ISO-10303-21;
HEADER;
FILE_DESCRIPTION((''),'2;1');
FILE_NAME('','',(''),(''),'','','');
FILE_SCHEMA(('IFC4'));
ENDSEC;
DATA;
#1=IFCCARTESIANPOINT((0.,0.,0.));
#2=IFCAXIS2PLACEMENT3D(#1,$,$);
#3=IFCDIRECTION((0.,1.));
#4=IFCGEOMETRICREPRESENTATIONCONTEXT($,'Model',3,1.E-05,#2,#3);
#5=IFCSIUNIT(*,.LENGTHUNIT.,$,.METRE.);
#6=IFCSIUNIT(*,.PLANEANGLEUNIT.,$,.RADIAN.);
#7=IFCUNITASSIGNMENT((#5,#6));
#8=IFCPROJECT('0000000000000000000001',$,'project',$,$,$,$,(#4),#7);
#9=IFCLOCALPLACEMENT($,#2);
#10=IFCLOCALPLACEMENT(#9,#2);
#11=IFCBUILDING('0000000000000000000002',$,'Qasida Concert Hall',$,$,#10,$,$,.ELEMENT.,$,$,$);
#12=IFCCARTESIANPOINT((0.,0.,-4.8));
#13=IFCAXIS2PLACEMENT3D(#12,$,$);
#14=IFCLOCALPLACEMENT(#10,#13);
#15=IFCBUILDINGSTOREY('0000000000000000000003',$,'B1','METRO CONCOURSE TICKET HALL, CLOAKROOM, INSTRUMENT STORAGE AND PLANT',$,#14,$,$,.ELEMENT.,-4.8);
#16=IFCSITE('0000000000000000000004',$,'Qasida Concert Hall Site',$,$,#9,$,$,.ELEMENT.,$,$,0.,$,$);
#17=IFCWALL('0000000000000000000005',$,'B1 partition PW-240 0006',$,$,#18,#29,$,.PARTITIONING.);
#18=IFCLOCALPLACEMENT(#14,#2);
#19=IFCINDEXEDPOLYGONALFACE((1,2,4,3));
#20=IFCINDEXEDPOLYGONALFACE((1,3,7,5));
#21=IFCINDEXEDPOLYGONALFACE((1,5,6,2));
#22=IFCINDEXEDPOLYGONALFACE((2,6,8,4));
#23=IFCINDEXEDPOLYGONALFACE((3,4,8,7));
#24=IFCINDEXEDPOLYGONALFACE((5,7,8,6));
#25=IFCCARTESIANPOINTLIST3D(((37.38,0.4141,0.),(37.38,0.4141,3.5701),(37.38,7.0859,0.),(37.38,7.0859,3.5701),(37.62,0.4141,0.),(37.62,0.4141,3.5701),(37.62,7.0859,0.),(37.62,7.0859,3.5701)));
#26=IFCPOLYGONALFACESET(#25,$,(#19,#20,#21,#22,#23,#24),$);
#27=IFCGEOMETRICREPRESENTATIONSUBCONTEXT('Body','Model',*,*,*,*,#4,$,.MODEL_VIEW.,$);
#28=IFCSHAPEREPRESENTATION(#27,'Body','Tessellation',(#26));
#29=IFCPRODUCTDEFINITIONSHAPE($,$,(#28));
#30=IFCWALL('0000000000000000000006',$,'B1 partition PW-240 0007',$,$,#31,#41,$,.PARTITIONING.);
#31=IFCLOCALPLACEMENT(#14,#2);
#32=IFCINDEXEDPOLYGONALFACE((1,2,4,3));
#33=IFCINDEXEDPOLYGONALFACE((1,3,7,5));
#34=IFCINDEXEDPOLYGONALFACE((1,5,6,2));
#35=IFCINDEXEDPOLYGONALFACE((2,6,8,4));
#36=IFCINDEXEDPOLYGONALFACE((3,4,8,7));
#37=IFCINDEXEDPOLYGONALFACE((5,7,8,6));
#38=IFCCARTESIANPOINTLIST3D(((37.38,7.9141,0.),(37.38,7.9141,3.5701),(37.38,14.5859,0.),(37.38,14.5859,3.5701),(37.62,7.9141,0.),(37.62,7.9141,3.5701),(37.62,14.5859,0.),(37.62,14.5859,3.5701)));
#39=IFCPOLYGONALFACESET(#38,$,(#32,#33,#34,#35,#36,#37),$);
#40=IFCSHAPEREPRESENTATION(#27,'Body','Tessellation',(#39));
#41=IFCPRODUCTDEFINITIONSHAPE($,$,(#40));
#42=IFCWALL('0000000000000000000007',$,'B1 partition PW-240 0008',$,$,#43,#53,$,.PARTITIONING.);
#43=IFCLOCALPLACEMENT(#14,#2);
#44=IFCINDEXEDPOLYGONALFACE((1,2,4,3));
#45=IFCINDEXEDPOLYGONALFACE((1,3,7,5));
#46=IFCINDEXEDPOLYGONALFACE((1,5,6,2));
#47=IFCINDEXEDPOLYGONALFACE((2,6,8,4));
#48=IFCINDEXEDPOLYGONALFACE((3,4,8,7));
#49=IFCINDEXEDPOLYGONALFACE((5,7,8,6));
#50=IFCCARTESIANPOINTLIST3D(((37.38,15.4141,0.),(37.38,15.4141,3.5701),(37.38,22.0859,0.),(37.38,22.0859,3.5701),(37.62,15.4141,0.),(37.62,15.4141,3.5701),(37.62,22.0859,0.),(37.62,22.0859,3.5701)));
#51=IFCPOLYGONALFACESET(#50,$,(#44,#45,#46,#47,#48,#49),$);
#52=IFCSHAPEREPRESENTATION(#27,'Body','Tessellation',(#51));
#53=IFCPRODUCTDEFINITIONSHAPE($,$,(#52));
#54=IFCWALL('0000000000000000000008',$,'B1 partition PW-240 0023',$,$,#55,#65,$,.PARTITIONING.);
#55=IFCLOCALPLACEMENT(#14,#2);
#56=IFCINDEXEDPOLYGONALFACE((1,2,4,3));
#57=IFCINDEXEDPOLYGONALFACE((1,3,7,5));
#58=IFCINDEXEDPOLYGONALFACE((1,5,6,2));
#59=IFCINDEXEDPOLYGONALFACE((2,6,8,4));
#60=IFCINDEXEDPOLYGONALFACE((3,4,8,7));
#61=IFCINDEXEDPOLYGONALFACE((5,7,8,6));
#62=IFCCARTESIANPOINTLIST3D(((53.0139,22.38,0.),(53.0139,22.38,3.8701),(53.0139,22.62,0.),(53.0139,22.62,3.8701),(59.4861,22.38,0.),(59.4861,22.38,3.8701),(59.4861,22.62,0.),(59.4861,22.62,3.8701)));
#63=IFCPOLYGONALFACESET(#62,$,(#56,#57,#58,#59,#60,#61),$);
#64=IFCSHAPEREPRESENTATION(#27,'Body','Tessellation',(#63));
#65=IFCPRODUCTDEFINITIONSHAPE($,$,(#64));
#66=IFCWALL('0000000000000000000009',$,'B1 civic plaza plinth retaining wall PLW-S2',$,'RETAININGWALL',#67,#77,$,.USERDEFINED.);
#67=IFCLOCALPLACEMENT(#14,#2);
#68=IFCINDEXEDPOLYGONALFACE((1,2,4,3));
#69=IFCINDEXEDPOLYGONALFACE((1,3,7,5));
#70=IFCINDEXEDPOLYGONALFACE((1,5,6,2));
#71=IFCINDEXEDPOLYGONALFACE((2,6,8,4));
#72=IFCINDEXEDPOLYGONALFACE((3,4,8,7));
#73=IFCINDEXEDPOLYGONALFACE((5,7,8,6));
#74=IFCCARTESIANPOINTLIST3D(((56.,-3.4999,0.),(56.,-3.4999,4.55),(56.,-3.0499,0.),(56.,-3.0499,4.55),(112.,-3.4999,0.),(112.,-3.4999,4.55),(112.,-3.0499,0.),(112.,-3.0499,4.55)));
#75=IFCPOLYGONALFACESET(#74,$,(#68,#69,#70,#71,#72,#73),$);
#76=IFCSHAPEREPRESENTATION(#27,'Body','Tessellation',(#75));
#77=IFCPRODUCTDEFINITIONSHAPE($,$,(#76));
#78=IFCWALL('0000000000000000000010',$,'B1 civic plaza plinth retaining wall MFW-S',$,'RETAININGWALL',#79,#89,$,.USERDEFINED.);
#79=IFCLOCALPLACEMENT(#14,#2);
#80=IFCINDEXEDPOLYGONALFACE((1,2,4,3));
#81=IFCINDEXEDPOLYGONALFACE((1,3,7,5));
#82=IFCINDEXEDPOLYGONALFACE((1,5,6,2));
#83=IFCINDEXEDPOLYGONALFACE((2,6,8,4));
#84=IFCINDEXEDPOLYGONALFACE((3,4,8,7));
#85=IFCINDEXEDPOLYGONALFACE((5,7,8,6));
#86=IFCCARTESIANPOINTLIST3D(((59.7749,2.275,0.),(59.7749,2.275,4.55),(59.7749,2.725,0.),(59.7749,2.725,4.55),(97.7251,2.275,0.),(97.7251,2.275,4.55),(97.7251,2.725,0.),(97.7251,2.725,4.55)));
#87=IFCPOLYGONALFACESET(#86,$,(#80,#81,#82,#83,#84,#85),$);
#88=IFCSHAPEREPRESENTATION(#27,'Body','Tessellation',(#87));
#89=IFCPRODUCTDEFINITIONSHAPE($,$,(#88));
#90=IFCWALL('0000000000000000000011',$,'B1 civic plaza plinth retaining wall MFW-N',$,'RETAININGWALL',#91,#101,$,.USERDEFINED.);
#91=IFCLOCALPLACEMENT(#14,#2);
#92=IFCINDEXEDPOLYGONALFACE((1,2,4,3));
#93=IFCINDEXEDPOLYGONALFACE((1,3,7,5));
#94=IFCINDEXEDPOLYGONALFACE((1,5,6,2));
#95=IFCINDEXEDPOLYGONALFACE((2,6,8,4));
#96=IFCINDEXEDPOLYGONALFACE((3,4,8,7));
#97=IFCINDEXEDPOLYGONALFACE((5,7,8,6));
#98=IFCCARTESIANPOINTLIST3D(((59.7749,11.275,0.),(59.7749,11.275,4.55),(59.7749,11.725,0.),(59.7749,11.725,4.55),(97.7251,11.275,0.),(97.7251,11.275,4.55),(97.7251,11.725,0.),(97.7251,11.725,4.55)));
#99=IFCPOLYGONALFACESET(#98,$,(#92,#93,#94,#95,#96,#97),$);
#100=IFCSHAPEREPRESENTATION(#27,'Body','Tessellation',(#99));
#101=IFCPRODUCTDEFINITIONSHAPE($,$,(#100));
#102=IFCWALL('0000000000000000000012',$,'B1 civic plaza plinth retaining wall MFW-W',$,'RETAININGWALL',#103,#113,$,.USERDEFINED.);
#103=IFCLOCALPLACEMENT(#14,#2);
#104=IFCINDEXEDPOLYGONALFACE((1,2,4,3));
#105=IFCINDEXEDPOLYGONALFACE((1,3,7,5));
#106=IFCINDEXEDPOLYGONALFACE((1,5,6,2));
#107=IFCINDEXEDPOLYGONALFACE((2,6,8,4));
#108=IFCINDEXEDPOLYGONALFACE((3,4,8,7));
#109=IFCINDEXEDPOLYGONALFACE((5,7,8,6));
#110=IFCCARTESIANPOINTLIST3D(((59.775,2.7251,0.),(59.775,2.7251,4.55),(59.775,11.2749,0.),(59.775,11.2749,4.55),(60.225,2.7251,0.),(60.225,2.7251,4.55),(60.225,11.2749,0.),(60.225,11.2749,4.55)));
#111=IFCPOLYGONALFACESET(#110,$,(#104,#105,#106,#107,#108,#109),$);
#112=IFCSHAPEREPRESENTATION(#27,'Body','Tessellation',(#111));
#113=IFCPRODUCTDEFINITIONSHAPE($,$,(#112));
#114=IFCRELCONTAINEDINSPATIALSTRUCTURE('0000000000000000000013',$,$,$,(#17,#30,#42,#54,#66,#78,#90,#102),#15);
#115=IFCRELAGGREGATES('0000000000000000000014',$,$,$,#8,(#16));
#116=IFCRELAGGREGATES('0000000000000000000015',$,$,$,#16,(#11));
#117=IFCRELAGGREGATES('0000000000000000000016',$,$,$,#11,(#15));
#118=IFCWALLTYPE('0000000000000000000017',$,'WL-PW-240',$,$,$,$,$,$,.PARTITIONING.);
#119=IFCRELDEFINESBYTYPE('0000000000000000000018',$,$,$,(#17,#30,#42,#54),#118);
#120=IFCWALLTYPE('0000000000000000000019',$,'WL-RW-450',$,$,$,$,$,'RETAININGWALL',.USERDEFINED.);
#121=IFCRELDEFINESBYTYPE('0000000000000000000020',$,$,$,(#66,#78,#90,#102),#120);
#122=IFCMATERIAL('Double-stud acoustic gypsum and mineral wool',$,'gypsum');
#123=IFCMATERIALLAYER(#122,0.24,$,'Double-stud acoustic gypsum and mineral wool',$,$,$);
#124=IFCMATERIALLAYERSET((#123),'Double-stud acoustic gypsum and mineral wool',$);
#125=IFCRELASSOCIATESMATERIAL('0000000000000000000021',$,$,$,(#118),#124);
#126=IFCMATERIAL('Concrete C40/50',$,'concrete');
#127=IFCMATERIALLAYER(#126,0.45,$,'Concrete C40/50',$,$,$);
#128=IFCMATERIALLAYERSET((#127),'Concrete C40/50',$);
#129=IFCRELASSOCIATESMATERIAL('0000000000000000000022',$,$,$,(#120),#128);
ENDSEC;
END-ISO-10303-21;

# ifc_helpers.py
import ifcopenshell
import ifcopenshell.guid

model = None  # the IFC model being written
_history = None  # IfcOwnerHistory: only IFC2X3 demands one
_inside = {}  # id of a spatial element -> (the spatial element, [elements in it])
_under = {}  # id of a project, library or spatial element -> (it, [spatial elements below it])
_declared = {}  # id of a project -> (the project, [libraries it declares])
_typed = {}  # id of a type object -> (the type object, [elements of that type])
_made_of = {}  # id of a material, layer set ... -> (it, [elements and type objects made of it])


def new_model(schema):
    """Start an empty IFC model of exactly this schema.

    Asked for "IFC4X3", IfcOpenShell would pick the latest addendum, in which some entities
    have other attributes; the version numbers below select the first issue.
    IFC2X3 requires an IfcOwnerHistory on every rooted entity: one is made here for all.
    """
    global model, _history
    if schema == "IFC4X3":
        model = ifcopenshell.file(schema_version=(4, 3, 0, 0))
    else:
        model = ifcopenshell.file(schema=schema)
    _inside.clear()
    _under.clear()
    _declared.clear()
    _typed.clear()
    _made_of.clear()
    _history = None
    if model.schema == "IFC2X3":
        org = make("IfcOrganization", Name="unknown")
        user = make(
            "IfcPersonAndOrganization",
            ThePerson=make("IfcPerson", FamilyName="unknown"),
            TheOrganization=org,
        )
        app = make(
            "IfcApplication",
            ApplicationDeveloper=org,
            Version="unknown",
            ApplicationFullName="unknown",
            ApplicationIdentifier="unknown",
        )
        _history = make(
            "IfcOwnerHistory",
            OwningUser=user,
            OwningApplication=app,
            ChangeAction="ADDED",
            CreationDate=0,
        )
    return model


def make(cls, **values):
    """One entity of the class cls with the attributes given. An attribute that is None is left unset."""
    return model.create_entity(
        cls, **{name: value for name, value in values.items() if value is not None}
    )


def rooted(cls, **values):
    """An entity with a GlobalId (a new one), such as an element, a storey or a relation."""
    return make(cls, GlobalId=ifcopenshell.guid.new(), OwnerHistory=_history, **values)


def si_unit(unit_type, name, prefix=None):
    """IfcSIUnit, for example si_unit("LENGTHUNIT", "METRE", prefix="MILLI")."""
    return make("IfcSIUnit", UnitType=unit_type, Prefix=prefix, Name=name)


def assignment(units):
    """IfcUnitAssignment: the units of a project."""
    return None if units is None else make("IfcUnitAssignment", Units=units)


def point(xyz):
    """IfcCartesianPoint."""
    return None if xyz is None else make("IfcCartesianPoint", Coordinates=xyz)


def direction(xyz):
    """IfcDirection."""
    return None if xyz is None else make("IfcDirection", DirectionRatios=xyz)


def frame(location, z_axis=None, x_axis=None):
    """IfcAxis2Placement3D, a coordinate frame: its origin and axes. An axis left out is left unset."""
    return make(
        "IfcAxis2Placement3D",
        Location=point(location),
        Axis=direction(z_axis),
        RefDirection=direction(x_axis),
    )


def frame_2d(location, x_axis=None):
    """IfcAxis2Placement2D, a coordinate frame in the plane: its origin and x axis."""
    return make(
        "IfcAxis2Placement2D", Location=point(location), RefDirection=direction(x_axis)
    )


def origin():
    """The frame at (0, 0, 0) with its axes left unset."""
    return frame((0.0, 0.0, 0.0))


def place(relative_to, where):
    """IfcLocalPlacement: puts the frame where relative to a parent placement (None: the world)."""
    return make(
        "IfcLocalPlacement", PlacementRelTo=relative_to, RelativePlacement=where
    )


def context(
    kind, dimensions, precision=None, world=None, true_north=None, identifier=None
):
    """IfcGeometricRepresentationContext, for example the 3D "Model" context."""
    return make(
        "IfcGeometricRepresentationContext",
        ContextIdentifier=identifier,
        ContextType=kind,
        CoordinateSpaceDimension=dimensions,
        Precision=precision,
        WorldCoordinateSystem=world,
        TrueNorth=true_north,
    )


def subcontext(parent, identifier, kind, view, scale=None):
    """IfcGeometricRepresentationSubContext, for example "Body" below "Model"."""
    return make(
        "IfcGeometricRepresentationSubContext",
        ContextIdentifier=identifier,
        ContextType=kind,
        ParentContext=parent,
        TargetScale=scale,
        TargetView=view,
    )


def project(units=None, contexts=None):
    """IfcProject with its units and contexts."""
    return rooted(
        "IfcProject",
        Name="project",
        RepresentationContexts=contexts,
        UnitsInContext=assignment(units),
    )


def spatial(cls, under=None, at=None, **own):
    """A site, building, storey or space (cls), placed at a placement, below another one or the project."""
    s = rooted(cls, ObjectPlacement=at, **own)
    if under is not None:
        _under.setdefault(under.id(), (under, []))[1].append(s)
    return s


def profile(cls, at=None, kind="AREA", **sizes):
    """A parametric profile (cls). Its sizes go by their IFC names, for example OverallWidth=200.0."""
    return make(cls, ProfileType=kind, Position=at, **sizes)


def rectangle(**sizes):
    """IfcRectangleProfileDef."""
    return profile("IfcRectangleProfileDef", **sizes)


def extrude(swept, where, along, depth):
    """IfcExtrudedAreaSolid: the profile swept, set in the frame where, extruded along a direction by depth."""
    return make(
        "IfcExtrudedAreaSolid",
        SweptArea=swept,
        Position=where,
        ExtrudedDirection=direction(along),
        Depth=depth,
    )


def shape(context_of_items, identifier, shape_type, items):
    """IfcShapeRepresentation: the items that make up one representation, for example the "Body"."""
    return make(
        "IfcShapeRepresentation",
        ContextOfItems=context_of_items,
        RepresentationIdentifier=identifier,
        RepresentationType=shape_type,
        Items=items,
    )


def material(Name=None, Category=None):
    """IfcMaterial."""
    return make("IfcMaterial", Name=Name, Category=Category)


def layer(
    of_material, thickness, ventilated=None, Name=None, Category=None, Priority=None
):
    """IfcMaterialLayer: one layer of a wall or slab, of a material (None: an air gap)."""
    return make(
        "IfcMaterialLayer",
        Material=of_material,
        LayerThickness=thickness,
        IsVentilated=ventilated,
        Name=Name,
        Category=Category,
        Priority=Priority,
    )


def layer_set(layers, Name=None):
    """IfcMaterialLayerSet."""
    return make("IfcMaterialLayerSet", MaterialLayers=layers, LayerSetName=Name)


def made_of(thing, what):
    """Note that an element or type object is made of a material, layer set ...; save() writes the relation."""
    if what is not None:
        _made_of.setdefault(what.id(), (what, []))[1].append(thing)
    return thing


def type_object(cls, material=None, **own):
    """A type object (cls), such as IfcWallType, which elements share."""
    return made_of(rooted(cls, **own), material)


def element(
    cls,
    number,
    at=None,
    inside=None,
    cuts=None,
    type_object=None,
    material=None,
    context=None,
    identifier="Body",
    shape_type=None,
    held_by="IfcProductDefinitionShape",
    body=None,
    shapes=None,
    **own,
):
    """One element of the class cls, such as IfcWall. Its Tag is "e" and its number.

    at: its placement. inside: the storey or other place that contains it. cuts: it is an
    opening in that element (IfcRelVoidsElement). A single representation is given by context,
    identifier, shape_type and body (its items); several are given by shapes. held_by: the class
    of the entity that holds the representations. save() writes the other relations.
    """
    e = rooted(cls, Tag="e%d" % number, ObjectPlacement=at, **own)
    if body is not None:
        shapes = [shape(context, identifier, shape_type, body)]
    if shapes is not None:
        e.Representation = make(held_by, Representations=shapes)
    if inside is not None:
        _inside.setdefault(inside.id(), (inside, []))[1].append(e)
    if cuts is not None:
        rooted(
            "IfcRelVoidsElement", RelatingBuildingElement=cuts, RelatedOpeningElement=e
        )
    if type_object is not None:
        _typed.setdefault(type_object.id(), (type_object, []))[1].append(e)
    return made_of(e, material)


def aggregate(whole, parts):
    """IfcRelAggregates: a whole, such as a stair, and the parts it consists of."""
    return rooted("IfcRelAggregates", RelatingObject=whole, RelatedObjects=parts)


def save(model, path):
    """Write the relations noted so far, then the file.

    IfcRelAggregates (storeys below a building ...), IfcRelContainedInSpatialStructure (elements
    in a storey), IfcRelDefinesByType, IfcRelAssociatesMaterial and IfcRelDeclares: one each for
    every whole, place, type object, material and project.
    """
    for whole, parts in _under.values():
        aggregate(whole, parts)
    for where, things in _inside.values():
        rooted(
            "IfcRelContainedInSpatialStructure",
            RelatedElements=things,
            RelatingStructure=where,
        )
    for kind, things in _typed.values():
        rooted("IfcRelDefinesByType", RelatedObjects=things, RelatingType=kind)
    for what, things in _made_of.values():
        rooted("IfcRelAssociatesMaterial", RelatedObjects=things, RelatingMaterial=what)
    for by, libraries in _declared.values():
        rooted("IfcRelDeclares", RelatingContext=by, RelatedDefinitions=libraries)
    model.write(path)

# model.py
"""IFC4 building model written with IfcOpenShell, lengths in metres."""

from ifc_helpers import new_model, si_unit, direction, frame, frame_2d, origin, place, context, subcontext, project, spatial, rectangle, extrude, material, layer, layer_set, type_object, element, save


model = new_model("IFC4")

# Units and contexts
model_context = context("Model", 3, precision=1e-05, world=origin(), true_north=direction((0.0, 1.0)))
body_context = subcontext(model_context, "Body", "Model", "MODEL_VIEW")
ifc_project = project(units=[si_unit("LENGTHUNIT", "METRE"), si_unit("PLANEANGLEUNIT", "RADIAN")], contexts=[model_context])

# Site, building, storey
site_placement = place(None, origin())
site = spatial("IfcSite", under=ifc_project, at=site_placement, Name="Qasida Concert Hall Site", CompositionType="ELEMENT", RefElevation=0.0)
building_placement = place(site_placement, origin())
building = spatial("IfcBuilding", under=site, at=building_placement, Name="Qasida Concert Hall", CompositionType="ELEMENT")
storey_placement = place(building_placement, frame((0.0, 0.0, -4.8)))
storey = spatial("IfcBuildingStorey", under=building, at=storey_placement, Name="B1", Description="METRO CONCOURSE TICKET HALL, CLOAKROOM, INSTRUMENT STORAGE AND PLANT", CompositionType="ELEMENT", Elevation=-4.8)

# Shared definitions
ifc_material_1 = material(Name="Concrete C40/50", Category="concrete")

# Walls
ifc_material_2 = material(Name="Double-stud acoustic gypsum and mineral wool", Category="gypsum")
ifc_layer_1 = layer(ifc_material_2, 0.24, Name="Double-stud acoustic gypsum and mineral wool")
ifc_layer_set_1 = layer_set([ifc_layer_1], Name="Double-stud acoustic gypsum and mineral wool")
wall_type_1 = type_object("IfcWallType", Name="WL-PW-240", PredefinedType="PARTITIONING", material=ifc_layer_set_1)
for number, where, z_axis, x_axis, name in (
    (1, (37.5, 0.4141, 0.0), (0.0, 0.0, 1.0), (0.0, 1.0, 0.0), "B1 partition PW-240 0006"),
    (2, (37.5, 7.9141, 0.0), (0.0, 0.0, 1.0), (0.0, 1.0, 0.0), "B1 partition PW-240 0007"),
    (3, (37.5, 15.4141, 0.0), (0.0, 0.0, 1.0), (0.0, 1.0, 0.0), "B1 partition PW-240 0008"),
):
    element("IfcWall", number, at=place(storey_placement, frame(where, z_axis=z_axis, x_axis=x_axis)), inside=storey, type_object=wall_type_1, Name=name, PredefinedType="PARTITIONING", context=body_context, shape_type="SweptSolid", body=[
        extrude(rectangle(XDim=6.6719, YDim=0.24, at=frame_2d((3.3359, 0.0))), origin(), (0.0, 0.0, 1.0), 3.5701),
    ])
wall_1_placement = place(storey_placement, frame((53.0139, 22.5, 0.0), z_axis=(0.0, 0.0, 1.0), x_axis=(1.0, 0.0, 0.0)))
element("IfcWall", 4, at=wall_1_placement, inside=storey, type_object=wall_type_1, Name="B1 partition PW-240 0023", PredefinedType="PARTITIONING", context=body_context, shape_type="SweptSolid", body=[
    extrude(rectangle(XDim=6.4722, YDim=0.24, at=frame_2d((3.2361, 0.0))), origin(), (0.0, 0.0, 1.0), 3.8701),
])
ifc_layer_2 = layer(ifc_material_1, 0.45, Name="Concrete C40/50")
ifc_layer_set_2 = layer_set([ifc_layer_2], Name="Concrete C40/50")
wall_type_2 = type_object("IfcWallType", Name="WL-RW-450", ElementType="RETAININGWALL", PredefinedType="USERDEFINED", material=ifc_layer_set_2)
wall_2_placement = place(storey_placement, frame((56.0, -3.2749, 0.0), z_axis=(0.0, 0.0, 1.0), x_axis=(1.0, 0.0, 0.0)))
element("IfcWall", 5, at=wall_2_placement, inside=storey, type_object=wall_type_2, Name="B1 civic plaza plinth retaining wall PLW-S2", ObjectType="RETAININGWALL", PredefinedType="USERDEFINED", context=body_context, shape_type="SweptSolid", body=[
    extrude(rectangle(XDim=56.0, YDim=0.45, at=frame_2d((28.0, 0.0))), origin(), (0.0, 0.0, 1.0), 4.55),
])
for number, where, z_axis, x_axis, name in (
    (6, (59.7749, 2.5, 0.0), (0.0, 0.0, 1.0), (1.0, 0.0, 0.0), "B1 civic plaza plinth retaining wall MFW-S"),
    (7, (59.7749, 11.5, 0.0), (0.0, 0.0, 1.0), (1.0, 0.0, 0.0), "B1 civic plaza plinth retaining wall MFW-N"),
):
    element("IfcWall", number, at=place(storey_placement, frame(where, z_axis=z_axis, x_axis=x_axis)), inside=storey, type_object=wall_type_2, Name=name, ObjectType="RETAININGWALL", PredefinedType="USERDEFINED", context=body_context, shape_type="SweptSolid", body=[
        extrude(rectangle(XDim=37.9502, YDim=0.45, at=frame_2d((18.9751, 0.0))), origin(), (0.0, 0.0, 1.0), 4.55),
    ])
wall_3_placement = place(storey_placement, frame((60.0, 2.7251, 0.0), z_axis=(0.0, 0.0, 1.0), x_axis=(0.0, 1.0, 0.0)))
element("IfcWall", 8, at=wall_3_placement, inside=storey, type_object=wall_type_2, Name="B1 civic plaza plinth retaining wall MFW-W", ObjectType="RETAININGWALL", PredefinedType="USERDEFINED", context=body_context, shape_type="SweptSolid", body=[
    extrude(rectangle(XDim=8.5498, YDim=0.45, at=frame_2d((4.2749, 0.0))), origin(), (0.0, 0.0, 1.0), 4.55),
])

save(model, "model.ifc")
